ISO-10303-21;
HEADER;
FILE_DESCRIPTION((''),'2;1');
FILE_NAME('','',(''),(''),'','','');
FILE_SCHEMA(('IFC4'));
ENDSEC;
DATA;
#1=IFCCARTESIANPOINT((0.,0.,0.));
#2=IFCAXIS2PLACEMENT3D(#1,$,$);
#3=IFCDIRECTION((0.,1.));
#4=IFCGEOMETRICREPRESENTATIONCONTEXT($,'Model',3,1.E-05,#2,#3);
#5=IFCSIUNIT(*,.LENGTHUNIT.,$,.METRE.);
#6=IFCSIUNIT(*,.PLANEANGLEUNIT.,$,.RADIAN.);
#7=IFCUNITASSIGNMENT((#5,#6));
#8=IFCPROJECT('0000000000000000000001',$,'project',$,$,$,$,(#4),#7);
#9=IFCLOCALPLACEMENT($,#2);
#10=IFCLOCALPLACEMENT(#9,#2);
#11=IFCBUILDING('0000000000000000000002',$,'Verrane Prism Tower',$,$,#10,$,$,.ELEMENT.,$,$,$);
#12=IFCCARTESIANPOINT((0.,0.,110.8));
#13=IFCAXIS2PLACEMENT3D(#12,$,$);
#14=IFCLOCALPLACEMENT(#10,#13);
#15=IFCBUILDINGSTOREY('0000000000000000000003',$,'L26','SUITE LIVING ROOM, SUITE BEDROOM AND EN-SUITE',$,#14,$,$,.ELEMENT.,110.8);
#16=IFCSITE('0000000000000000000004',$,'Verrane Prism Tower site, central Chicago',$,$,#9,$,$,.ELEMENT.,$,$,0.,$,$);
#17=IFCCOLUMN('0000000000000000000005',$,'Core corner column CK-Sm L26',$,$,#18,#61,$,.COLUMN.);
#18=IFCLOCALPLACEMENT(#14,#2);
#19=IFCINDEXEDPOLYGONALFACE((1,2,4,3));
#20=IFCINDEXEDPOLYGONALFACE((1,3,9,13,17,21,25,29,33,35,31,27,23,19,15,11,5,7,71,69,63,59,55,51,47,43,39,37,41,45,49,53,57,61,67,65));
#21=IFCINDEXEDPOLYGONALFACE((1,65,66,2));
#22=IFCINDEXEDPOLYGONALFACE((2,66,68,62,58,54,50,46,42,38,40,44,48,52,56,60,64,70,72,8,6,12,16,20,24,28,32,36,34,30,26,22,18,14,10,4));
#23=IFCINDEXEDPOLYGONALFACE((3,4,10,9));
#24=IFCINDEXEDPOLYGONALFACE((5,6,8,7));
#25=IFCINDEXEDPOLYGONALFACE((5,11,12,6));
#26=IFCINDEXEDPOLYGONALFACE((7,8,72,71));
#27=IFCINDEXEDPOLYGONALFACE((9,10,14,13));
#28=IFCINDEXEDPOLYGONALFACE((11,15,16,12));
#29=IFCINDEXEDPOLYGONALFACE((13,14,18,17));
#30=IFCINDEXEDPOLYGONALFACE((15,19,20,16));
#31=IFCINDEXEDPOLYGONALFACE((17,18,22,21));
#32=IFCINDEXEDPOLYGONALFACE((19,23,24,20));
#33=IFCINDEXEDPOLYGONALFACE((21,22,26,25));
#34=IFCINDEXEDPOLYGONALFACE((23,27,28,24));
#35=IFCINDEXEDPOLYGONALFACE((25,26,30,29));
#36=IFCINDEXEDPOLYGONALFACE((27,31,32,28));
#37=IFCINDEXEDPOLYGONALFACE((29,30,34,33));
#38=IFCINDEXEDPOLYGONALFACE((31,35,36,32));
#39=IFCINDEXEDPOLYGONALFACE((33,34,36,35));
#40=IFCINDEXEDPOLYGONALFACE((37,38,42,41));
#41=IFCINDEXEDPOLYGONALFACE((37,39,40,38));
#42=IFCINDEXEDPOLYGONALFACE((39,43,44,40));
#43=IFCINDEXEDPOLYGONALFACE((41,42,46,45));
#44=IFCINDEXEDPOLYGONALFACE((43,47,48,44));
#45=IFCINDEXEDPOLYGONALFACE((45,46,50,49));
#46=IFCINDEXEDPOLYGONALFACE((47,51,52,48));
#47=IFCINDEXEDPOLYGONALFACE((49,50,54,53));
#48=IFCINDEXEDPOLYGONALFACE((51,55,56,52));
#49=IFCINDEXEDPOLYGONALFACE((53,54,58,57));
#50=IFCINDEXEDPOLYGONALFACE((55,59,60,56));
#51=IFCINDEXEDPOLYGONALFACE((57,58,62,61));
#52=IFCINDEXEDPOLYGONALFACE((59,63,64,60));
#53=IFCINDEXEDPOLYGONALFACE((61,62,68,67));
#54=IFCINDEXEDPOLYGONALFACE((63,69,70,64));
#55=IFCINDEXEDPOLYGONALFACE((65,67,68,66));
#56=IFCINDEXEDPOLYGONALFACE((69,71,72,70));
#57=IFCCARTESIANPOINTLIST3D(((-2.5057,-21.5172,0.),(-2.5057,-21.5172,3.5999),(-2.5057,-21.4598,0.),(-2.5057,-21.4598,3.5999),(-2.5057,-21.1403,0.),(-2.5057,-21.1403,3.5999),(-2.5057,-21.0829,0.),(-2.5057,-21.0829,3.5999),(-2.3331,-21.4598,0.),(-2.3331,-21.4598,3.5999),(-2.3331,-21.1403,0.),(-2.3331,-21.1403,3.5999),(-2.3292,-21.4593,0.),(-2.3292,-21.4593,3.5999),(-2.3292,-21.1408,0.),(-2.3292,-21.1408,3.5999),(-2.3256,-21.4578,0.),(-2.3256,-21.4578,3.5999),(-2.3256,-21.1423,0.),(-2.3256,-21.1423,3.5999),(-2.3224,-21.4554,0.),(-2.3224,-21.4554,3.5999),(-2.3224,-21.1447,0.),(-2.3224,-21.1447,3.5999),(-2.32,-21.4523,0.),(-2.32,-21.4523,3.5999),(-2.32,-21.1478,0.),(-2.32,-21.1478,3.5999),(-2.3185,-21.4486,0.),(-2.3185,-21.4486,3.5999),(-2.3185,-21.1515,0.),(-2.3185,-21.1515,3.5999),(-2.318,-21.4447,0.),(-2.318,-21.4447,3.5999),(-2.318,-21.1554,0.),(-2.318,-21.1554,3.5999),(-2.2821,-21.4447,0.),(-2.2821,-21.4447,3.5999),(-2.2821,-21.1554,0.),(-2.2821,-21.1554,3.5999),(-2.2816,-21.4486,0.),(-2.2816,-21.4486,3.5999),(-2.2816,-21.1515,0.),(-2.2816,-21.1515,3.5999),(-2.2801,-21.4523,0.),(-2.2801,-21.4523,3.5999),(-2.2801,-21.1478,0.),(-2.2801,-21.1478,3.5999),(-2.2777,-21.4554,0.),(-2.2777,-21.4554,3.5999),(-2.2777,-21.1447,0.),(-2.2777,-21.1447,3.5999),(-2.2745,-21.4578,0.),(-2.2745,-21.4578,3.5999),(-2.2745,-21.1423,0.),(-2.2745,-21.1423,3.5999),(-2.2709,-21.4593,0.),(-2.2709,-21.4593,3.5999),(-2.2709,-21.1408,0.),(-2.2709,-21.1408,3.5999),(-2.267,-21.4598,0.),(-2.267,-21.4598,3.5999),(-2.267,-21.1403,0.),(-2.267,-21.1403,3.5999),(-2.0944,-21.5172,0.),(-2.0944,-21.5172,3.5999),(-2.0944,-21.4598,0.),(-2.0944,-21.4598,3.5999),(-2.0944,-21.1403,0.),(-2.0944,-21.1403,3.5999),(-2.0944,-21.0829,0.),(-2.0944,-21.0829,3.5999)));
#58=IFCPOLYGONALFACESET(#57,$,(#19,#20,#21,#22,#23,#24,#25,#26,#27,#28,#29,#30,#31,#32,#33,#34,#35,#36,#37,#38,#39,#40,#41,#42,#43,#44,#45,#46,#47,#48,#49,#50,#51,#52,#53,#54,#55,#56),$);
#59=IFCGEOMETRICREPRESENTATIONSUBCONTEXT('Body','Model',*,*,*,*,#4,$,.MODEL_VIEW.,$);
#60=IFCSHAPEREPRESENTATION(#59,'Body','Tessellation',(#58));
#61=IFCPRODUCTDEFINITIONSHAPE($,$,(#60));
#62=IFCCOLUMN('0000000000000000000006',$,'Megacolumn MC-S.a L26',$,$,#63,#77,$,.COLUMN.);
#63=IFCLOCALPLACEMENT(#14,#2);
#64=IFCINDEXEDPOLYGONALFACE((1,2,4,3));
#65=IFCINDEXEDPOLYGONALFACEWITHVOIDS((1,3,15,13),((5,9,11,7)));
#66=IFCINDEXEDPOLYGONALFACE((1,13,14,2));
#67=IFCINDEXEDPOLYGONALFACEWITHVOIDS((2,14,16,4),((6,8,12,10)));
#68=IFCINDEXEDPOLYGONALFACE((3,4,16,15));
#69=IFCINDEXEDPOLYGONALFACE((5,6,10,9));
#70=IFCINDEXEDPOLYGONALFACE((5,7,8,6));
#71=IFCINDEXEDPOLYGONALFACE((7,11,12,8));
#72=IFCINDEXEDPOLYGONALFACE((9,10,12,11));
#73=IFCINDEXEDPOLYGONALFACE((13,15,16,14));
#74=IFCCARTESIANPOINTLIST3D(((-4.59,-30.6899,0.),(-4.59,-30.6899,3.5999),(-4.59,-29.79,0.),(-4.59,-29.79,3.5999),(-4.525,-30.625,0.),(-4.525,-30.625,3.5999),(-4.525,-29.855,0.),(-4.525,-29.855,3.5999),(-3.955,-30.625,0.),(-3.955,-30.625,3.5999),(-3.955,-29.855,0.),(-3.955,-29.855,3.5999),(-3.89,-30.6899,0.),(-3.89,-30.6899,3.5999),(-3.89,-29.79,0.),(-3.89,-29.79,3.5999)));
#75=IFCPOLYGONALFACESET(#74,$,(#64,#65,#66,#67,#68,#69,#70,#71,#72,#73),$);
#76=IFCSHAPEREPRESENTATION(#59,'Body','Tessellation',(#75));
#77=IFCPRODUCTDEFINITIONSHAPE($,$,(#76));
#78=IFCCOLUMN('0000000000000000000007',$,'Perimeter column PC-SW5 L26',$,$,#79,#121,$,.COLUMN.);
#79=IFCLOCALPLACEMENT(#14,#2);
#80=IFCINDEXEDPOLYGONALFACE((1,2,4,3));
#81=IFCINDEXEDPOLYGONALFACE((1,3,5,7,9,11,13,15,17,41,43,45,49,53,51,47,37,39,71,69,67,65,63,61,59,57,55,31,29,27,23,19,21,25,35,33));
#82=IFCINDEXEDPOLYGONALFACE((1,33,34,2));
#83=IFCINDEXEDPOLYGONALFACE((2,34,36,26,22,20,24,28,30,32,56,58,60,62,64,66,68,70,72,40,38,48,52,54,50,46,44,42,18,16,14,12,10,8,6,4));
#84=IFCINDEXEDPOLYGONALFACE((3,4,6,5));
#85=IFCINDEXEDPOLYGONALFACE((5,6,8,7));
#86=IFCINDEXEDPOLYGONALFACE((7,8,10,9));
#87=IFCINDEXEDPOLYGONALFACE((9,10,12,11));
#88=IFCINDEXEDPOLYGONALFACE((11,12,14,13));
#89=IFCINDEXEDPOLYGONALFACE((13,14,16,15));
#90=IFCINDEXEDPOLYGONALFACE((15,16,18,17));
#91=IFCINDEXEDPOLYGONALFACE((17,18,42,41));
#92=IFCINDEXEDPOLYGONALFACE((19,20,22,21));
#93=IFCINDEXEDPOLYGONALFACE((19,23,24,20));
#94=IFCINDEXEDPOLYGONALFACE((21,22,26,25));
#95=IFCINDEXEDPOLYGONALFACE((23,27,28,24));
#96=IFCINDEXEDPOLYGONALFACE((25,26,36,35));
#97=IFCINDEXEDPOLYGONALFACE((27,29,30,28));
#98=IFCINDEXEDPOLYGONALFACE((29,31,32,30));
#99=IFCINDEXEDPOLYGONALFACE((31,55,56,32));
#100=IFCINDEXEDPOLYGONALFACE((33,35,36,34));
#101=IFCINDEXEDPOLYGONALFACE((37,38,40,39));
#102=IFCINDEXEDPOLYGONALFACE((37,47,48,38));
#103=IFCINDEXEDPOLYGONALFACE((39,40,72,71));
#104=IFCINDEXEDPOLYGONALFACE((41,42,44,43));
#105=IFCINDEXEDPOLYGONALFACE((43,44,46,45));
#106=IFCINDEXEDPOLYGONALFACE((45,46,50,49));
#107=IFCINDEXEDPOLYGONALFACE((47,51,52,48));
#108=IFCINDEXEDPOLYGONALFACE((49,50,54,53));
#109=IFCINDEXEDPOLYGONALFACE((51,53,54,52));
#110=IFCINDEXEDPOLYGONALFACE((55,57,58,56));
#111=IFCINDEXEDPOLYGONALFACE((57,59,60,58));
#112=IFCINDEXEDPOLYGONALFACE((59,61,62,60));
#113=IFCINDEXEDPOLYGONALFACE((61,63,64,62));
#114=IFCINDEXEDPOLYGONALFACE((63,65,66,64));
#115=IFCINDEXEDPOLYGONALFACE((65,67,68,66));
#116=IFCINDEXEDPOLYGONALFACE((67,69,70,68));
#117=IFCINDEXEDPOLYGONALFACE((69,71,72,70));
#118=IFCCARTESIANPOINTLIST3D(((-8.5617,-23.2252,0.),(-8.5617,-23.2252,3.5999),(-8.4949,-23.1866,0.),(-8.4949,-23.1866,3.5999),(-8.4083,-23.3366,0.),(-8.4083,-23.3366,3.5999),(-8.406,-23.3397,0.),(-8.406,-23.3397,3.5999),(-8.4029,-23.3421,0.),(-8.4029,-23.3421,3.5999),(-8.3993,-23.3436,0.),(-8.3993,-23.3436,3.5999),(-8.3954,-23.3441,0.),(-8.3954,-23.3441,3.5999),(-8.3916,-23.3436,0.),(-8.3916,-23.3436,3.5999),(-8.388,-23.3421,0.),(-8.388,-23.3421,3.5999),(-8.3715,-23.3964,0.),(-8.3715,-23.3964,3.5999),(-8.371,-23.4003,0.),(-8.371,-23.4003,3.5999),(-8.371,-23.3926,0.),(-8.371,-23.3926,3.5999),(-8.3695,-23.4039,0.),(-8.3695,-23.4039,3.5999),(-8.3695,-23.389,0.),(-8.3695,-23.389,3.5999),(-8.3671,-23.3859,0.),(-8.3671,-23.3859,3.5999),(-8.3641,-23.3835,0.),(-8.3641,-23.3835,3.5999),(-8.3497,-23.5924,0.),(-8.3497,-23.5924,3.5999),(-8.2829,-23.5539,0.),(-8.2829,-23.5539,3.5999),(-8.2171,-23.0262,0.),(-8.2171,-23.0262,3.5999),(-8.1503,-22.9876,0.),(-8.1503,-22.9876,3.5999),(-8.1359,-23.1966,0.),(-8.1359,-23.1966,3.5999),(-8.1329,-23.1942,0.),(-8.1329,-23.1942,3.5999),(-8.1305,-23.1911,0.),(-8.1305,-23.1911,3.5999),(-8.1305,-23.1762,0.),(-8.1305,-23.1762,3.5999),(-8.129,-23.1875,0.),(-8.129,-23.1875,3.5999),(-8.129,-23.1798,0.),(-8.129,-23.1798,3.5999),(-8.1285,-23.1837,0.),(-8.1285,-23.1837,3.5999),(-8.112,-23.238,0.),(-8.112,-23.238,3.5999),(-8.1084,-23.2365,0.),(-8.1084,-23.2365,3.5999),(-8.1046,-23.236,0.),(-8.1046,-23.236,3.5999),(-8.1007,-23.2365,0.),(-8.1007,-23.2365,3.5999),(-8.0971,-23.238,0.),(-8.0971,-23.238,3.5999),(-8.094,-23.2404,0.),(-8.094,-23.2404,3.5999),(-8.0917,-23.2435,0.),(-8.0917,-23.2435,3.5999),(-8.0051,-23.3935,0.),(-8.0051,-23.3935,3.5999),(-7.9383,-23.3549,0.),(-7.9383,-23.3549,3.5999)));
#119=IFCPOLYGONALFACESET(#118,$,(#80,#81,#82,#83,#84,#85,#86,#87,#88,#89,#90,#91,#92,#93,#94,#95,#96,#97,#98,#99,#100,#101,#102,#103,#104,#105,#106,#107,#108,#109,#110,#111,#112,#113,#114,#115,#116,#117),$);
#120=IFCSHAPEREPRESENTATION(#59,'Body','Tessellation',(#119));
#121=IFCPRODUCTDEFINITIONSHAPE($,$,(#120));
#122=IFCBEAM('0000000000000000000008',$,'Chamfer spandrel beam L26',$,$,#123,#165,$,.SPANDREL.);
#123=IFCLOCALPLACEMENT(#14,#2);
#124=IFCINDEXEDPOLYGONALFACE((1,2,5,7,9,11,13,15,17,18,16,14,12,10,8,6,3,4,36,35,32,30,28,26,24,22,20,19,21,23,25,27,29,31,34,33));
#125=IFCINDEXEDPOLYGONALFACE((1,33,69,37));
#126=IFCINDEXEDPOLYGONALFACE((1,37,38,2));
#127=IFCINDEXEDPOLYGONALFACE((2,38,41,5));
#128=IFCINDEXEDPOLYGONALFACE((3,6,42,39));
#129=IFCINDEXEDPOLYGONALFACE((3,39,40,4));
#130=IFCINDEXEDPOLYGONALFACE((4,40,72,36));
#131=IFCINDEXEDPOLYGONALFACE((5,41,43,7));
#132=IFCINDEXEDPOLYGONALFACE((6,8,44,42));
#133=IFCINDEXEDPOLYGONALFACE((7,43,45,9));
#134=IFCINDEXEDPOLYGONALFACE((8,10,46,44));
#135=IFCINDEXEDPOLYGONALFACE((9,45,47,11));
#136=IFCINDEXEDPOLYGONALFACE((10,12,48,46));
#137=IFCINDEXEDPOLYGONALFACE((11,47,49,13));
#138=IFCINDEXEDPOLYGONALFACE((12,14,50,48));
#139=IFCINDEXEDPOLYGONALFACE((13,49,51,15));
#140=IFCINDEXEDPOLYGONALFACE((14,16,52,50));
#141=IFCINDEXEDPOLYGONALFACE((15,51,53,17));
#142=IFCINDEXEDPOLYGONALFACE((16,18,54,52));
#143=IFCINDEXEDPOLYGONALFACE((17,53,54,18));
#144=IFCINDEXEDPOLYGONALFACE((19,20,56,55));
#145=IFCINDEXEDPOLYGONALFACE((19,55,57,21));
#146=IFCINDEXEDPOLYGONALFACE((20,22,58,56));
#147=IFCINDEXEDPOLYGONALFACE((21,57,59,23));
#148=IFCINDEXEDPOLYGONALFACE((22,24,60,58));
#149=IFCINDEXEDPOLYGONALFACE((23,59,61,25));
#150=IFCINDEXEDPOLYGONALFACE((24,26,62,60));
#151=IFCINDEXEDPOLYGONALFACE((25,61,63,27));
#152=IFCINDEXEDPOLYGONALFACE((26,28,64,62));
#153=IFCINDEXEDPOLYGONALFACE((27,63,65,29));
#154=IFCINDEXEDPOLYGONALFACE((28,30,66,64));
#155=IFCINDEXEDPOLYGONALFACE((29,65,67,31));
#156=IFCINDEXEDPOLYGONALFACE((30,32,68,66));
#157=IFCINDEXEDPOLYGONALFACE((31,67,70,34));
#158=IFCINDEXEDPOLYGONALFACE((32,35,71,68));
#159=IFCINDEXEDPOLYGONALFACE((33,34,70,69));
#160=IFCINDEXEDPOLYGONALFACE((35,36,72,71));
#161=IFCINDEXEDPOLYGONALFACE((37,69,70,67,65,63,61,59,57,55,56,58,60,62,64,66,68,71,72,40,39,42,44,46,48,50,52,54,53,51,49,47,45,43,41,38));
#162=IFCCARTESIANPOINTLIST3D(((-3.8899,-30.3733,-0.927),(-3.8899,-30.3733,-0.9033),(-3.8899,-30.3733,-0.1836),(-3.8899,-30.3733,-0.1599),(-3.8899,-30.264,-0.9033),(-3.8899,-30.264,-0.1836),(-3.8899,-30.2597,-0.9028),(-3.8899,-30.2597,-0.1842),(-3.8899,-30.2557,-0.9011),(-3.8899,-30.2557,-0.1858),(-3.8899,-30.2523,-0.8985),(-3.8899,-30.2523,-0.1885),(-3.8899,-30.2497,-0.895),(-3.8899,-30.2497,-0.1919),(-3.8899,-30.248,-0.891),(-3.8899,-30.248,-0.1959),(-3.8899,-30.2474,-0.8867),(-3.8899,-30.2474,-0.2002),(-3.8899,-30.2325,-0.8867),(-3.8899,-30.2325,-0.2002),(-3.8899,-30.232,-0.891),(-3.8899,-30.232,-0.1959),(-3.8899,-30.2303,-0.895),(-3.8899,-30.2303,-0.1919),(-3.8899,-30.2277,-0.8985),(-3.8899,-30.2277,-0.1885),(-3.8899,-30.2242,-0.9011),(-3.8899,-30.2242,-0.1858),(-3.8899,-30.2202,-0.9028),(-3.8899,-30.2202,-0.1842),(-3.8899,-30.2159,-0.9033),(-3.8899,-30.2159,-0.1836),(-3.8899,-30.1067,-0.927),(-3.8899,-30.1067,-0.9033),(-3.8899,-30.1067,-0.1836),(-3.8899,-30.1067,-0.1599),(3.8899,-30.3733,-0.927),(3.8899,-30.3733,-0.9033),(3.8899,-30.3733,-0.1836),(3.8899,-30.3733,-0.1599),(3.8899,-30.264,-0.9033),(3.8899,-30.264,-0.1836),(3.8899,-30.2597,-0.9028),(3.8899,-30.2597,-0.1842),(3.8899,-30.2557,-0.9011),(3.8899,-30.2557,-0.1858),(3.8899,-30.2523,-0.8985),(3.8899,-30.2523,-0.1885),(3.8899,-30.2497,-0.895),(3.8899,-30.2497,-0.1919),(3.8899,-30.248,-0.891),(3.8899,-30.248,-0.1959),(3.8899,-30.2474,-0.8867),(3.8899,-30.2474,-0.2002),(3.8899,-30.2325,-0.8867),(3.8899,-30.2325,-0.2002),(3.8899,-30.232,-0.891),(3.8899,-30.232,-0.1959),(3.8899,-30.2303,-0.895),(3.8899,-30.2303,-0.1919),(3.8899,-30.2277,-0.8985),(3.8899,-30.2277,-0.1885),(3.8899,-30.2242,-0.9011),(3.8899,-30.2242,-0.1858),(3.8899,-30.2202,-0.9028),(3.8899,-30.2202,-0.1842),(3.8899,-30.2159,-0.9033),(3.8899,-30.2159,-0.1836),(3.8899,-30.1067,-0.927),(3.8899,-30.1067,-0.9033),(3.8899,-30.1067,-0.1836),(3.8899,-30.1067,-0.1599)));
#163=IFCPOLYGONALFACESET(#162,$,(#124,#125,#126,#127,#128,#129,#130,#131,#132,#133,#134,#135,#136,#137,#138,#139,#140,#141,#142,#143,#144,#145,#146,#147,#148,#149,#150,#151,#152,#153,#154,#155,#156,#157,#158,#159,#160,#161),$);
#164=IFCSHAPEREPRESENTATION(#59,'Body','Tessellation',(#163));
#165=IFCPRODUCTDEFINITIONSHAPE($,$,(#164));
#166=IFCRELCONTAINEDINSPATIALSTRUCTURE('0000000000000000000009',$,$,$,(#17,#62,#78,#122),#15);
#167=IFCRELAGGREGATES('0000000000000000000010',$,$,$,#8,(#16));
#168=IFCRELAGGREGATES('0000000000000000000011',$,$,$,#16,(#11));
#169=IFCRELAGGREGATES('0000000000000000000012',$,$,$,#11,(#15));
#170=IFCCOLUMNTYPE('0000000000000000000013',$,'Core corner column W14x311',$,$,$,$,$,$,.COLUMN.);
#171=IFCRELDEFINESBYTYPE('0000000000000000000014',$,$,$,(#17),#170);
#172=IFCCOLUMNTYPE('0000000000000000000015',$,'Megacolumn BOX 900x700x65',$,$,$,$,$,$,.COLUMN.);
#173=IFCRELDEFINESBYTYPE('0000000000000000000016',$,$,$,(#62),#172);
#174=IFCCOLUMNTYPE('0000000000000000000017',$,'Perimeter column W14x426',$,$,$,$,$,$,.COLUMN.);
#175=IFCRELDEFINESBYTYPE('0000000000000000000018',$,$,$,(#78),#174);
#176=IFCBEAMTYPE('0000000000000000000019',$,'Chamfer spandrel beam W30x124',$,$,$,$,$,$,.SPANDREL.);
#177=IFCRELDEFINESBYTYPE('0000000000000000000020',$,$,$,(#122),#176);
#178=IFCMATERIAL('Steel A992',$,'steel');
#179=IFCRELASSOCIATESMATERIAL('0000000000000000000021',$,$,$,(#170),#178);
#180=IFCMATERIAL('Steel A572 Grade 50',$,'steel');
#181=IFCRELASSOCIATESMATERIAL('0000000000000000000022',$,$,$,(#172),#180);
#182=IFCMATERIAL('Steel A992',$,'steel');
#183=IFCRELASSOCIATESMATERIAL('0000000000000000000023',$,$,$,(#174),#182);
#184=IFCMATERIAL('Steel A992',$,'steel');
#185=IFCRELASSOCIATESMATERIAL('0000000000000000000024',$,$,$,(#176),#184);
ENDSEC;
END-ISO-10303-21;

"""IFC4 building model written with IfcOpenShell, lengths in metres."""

from ifc_helpers import new_model, si_unit, direction, frame, origin, origin_2d, place, context, subcontext, project, spatial, hollow_rectangle, i_section, extrude, material, material_profile, profile_set, type_object, element, save


model = new_model("IFC4")

# Units and contexts
model_context = context("Model", 3, precision=1e-05, world=origin(), true_north=direction((0.0, 1.0)))
body_context = subcontext(model_context, "Body", "Model", "MODEL_VIEW")
ifc_project = project(units=[si_unit("LENGTHUNIT", "METRE"), si_unit("PLANEANGLEUNIT", "RADIAN")], contexts=[model_context])

# Site, building, storey
site_placement = place(None, origin())
site = spatial("IfcSite", under=ifc_project, at=site_placement, Name="Verrane Prism Tower site, central Chicago", CompositionType="ELEMENT", RefElevation=0.0)
building_placement = place(site_placement, origin())
building = spatial("IfcBuilding", under=site, at=building_placement, Name="Verrane Prism Tower", CompositionType="ELEMENT")
storey_placement = place(building_placement, frame((0.0, 0.0, 110.8)))
storey = spatial("IfcBuildingStorey", under=building, at=storey_placement, Name="L26", Description="SUITE LIVING ROOM, SUITE BEDROOM AND EN-SUITE", CompositionType="ELEMENT", Elevation=110.8)

# Columns
ifc_material_1 = material(Name="Steel A992", Category="steel")
ifc_material_profile_1 = material_profile(ifc_material_1, i_section(OverallWidth=0.4114, OverallDepth=0.4343, WebThickness=0.0359, FlangeThickness=0.0574, FilletRadius=0.0151, at=origin_2d()), Name="W14x311")
ifc_profile_set_1 = profile_set([ifc_material_profile_1], Name="Steel A992")
column_type_1 = type_object("IfcColumnType", Name="Core corner column W14x311", PredefinedType="COLUMN", material=ifc_profile_set_1)
column_1_placement = place(storey_placement, frame((-2.3, -21.3, 0.0), z_axis=(0.0, 0.0, 1.0), x_axis=(-1.0, 0.0, 0.0)))
element("IfcColumn", 1, at=column_1_placement, inside=storey, type_object=column_type_1, Name="Core corner column CK-Sm L26", PredefinedType="COLUMN", context=body_context, shape_type="SweptSolid", body=[
    extrude(i_section(OverallWidth=0.4114, OverallDepth=0.4343, WebThickness=0.0359, FlangeThickness=0.0574, FilletRadius=0.0151, at=origin_2d()), origin(), (0.0, 0.0, 1.0), 3.5999),
])
ifc_material_2 = material(Name="Steel A572 Grade 50", Category="steel")
ifc_material_profile_2 = material_profile(ifc_material_2, hollow_rectangle(XDim=0.7, YDim=0.8999, WallThickness=0.0649, at=origin_2d()), Name="BOX 900x700x65")
ifc_profile_set_2 = profile_set([ifc_material_profile_2], Name="Steel A572 Grade 50")
column_type_2 = type_object("IfcColumnType", Name="Megacolumn BOX 900x700x65", PredefinedType="COLUMN", material=ifc_profile_set_2)
column_2_placement = place(storey_placement, frame((-4.24, -30.24, 0.0), z_axis=(0.0, 0.0, 1.0), x_axis=(-1.0, 0.0, 0.0)))
element("IfcColumn", 2, at=column_2_placement, inside=storey, type_object=column_type_2, Name="Megacolumn MC-S.a L26", PredefinedType="COLUMN", context=body_context, shape_type="SweptSolid", body=[
    extrude(hollow_rectangle(XDim=0.7, YDim=0.8999, WallThickness=0.0649, at=origin_2d()), origin(), (0.0, 0.0, 1.0), 3.5999),
])
ifc_material_3 = material(Name="Steel A992", Category="steel")
ifc_material_profile_3 = material_profile(ifc_material_3, i_section(OverallWidth=0.4241, OverallDepth=0.4751, WebThickness=0.0479, FlangeThickness=0.0771, FilletRadius=0.0149, at=origin_2d()), Name="W14x426")
ifc_profile_set_3 = profile_set([ifc_material_profile_3], Name="Steel A992")
column_type_3 = type_object("IfcColumnType", Name="Perimeter column W14x426", PredefinedType="COLUMN", material=ifc_profile_set_3)
column_3_placement = place(storey_placement, frame((-8.25, -23.29, 0.0), z_axis=(0.0, 0.0, 1.0), x_axis=(-0.5, 0.866025, 0.0)))
element("IfcColumn", 3, at=column_3_placement, inside=storey, type_object=column_type_3, Name="Perimeter column PC-SW5 L26", PredefinedType="COLUMN", context=body_context, shape_type="SweptSolid", body=[
    extrude(i_section(OverallWidth=0.4241, OverallDepth=0.4751, WebThickness=0.0479, FlangeThickness=0.0771, FilletRadius=0.0149, at=origin_2d()), origin(), (0.0, 0.0, 1.0), 3.5999),
])

# Beam
ifc_material_4 = material(Name="Steel A992", Category="steel")
ifc_material_profile_4 = material_profile(ifc_material_4, i_section(OverallWidth=0.2666, OverallDepth=0.7671, WebThickness=0.0149, FlangeThickness=0.0237, FilletRadius=0.0166, at=origin_2d()), Name="W30x124")
ifc_profile_set_4 = profile_set([ifc_material_profile_4], Name="Steel A992")
beam_type_1 = type_object("IfcBeamType", Name="Chamfer spandrel beam W30x124", PredefinedType="SPANDREL", material=ifc_profile_set_4)
beam_1_placement = place(storey_placement, frame((-3.8899, -30.24, -0.5435), z_axis=(1.0, 0.0, 0.0), x_axis=(0.0, 1.0, 0.0)))
element("IfcBeam", 4, at=beam_1_placement, inside=storey, type_object=beam_type_1, Name="Chamfer spandrel beam L26", PredefinedType="SPANDREL", context=body_context, shape_type="SweptSolid", body=[
    extrude(i_section(OverallWidth=0.2666, OverallDepth=0.7671, WebThickness=0.0149, FlangeThickness=0.0237, FilletRadius=0.0166, at=origin_2d()), origin(), (0.0, 0.0, 1.0), 7.7798),
])

save(model, "model.ifc")
